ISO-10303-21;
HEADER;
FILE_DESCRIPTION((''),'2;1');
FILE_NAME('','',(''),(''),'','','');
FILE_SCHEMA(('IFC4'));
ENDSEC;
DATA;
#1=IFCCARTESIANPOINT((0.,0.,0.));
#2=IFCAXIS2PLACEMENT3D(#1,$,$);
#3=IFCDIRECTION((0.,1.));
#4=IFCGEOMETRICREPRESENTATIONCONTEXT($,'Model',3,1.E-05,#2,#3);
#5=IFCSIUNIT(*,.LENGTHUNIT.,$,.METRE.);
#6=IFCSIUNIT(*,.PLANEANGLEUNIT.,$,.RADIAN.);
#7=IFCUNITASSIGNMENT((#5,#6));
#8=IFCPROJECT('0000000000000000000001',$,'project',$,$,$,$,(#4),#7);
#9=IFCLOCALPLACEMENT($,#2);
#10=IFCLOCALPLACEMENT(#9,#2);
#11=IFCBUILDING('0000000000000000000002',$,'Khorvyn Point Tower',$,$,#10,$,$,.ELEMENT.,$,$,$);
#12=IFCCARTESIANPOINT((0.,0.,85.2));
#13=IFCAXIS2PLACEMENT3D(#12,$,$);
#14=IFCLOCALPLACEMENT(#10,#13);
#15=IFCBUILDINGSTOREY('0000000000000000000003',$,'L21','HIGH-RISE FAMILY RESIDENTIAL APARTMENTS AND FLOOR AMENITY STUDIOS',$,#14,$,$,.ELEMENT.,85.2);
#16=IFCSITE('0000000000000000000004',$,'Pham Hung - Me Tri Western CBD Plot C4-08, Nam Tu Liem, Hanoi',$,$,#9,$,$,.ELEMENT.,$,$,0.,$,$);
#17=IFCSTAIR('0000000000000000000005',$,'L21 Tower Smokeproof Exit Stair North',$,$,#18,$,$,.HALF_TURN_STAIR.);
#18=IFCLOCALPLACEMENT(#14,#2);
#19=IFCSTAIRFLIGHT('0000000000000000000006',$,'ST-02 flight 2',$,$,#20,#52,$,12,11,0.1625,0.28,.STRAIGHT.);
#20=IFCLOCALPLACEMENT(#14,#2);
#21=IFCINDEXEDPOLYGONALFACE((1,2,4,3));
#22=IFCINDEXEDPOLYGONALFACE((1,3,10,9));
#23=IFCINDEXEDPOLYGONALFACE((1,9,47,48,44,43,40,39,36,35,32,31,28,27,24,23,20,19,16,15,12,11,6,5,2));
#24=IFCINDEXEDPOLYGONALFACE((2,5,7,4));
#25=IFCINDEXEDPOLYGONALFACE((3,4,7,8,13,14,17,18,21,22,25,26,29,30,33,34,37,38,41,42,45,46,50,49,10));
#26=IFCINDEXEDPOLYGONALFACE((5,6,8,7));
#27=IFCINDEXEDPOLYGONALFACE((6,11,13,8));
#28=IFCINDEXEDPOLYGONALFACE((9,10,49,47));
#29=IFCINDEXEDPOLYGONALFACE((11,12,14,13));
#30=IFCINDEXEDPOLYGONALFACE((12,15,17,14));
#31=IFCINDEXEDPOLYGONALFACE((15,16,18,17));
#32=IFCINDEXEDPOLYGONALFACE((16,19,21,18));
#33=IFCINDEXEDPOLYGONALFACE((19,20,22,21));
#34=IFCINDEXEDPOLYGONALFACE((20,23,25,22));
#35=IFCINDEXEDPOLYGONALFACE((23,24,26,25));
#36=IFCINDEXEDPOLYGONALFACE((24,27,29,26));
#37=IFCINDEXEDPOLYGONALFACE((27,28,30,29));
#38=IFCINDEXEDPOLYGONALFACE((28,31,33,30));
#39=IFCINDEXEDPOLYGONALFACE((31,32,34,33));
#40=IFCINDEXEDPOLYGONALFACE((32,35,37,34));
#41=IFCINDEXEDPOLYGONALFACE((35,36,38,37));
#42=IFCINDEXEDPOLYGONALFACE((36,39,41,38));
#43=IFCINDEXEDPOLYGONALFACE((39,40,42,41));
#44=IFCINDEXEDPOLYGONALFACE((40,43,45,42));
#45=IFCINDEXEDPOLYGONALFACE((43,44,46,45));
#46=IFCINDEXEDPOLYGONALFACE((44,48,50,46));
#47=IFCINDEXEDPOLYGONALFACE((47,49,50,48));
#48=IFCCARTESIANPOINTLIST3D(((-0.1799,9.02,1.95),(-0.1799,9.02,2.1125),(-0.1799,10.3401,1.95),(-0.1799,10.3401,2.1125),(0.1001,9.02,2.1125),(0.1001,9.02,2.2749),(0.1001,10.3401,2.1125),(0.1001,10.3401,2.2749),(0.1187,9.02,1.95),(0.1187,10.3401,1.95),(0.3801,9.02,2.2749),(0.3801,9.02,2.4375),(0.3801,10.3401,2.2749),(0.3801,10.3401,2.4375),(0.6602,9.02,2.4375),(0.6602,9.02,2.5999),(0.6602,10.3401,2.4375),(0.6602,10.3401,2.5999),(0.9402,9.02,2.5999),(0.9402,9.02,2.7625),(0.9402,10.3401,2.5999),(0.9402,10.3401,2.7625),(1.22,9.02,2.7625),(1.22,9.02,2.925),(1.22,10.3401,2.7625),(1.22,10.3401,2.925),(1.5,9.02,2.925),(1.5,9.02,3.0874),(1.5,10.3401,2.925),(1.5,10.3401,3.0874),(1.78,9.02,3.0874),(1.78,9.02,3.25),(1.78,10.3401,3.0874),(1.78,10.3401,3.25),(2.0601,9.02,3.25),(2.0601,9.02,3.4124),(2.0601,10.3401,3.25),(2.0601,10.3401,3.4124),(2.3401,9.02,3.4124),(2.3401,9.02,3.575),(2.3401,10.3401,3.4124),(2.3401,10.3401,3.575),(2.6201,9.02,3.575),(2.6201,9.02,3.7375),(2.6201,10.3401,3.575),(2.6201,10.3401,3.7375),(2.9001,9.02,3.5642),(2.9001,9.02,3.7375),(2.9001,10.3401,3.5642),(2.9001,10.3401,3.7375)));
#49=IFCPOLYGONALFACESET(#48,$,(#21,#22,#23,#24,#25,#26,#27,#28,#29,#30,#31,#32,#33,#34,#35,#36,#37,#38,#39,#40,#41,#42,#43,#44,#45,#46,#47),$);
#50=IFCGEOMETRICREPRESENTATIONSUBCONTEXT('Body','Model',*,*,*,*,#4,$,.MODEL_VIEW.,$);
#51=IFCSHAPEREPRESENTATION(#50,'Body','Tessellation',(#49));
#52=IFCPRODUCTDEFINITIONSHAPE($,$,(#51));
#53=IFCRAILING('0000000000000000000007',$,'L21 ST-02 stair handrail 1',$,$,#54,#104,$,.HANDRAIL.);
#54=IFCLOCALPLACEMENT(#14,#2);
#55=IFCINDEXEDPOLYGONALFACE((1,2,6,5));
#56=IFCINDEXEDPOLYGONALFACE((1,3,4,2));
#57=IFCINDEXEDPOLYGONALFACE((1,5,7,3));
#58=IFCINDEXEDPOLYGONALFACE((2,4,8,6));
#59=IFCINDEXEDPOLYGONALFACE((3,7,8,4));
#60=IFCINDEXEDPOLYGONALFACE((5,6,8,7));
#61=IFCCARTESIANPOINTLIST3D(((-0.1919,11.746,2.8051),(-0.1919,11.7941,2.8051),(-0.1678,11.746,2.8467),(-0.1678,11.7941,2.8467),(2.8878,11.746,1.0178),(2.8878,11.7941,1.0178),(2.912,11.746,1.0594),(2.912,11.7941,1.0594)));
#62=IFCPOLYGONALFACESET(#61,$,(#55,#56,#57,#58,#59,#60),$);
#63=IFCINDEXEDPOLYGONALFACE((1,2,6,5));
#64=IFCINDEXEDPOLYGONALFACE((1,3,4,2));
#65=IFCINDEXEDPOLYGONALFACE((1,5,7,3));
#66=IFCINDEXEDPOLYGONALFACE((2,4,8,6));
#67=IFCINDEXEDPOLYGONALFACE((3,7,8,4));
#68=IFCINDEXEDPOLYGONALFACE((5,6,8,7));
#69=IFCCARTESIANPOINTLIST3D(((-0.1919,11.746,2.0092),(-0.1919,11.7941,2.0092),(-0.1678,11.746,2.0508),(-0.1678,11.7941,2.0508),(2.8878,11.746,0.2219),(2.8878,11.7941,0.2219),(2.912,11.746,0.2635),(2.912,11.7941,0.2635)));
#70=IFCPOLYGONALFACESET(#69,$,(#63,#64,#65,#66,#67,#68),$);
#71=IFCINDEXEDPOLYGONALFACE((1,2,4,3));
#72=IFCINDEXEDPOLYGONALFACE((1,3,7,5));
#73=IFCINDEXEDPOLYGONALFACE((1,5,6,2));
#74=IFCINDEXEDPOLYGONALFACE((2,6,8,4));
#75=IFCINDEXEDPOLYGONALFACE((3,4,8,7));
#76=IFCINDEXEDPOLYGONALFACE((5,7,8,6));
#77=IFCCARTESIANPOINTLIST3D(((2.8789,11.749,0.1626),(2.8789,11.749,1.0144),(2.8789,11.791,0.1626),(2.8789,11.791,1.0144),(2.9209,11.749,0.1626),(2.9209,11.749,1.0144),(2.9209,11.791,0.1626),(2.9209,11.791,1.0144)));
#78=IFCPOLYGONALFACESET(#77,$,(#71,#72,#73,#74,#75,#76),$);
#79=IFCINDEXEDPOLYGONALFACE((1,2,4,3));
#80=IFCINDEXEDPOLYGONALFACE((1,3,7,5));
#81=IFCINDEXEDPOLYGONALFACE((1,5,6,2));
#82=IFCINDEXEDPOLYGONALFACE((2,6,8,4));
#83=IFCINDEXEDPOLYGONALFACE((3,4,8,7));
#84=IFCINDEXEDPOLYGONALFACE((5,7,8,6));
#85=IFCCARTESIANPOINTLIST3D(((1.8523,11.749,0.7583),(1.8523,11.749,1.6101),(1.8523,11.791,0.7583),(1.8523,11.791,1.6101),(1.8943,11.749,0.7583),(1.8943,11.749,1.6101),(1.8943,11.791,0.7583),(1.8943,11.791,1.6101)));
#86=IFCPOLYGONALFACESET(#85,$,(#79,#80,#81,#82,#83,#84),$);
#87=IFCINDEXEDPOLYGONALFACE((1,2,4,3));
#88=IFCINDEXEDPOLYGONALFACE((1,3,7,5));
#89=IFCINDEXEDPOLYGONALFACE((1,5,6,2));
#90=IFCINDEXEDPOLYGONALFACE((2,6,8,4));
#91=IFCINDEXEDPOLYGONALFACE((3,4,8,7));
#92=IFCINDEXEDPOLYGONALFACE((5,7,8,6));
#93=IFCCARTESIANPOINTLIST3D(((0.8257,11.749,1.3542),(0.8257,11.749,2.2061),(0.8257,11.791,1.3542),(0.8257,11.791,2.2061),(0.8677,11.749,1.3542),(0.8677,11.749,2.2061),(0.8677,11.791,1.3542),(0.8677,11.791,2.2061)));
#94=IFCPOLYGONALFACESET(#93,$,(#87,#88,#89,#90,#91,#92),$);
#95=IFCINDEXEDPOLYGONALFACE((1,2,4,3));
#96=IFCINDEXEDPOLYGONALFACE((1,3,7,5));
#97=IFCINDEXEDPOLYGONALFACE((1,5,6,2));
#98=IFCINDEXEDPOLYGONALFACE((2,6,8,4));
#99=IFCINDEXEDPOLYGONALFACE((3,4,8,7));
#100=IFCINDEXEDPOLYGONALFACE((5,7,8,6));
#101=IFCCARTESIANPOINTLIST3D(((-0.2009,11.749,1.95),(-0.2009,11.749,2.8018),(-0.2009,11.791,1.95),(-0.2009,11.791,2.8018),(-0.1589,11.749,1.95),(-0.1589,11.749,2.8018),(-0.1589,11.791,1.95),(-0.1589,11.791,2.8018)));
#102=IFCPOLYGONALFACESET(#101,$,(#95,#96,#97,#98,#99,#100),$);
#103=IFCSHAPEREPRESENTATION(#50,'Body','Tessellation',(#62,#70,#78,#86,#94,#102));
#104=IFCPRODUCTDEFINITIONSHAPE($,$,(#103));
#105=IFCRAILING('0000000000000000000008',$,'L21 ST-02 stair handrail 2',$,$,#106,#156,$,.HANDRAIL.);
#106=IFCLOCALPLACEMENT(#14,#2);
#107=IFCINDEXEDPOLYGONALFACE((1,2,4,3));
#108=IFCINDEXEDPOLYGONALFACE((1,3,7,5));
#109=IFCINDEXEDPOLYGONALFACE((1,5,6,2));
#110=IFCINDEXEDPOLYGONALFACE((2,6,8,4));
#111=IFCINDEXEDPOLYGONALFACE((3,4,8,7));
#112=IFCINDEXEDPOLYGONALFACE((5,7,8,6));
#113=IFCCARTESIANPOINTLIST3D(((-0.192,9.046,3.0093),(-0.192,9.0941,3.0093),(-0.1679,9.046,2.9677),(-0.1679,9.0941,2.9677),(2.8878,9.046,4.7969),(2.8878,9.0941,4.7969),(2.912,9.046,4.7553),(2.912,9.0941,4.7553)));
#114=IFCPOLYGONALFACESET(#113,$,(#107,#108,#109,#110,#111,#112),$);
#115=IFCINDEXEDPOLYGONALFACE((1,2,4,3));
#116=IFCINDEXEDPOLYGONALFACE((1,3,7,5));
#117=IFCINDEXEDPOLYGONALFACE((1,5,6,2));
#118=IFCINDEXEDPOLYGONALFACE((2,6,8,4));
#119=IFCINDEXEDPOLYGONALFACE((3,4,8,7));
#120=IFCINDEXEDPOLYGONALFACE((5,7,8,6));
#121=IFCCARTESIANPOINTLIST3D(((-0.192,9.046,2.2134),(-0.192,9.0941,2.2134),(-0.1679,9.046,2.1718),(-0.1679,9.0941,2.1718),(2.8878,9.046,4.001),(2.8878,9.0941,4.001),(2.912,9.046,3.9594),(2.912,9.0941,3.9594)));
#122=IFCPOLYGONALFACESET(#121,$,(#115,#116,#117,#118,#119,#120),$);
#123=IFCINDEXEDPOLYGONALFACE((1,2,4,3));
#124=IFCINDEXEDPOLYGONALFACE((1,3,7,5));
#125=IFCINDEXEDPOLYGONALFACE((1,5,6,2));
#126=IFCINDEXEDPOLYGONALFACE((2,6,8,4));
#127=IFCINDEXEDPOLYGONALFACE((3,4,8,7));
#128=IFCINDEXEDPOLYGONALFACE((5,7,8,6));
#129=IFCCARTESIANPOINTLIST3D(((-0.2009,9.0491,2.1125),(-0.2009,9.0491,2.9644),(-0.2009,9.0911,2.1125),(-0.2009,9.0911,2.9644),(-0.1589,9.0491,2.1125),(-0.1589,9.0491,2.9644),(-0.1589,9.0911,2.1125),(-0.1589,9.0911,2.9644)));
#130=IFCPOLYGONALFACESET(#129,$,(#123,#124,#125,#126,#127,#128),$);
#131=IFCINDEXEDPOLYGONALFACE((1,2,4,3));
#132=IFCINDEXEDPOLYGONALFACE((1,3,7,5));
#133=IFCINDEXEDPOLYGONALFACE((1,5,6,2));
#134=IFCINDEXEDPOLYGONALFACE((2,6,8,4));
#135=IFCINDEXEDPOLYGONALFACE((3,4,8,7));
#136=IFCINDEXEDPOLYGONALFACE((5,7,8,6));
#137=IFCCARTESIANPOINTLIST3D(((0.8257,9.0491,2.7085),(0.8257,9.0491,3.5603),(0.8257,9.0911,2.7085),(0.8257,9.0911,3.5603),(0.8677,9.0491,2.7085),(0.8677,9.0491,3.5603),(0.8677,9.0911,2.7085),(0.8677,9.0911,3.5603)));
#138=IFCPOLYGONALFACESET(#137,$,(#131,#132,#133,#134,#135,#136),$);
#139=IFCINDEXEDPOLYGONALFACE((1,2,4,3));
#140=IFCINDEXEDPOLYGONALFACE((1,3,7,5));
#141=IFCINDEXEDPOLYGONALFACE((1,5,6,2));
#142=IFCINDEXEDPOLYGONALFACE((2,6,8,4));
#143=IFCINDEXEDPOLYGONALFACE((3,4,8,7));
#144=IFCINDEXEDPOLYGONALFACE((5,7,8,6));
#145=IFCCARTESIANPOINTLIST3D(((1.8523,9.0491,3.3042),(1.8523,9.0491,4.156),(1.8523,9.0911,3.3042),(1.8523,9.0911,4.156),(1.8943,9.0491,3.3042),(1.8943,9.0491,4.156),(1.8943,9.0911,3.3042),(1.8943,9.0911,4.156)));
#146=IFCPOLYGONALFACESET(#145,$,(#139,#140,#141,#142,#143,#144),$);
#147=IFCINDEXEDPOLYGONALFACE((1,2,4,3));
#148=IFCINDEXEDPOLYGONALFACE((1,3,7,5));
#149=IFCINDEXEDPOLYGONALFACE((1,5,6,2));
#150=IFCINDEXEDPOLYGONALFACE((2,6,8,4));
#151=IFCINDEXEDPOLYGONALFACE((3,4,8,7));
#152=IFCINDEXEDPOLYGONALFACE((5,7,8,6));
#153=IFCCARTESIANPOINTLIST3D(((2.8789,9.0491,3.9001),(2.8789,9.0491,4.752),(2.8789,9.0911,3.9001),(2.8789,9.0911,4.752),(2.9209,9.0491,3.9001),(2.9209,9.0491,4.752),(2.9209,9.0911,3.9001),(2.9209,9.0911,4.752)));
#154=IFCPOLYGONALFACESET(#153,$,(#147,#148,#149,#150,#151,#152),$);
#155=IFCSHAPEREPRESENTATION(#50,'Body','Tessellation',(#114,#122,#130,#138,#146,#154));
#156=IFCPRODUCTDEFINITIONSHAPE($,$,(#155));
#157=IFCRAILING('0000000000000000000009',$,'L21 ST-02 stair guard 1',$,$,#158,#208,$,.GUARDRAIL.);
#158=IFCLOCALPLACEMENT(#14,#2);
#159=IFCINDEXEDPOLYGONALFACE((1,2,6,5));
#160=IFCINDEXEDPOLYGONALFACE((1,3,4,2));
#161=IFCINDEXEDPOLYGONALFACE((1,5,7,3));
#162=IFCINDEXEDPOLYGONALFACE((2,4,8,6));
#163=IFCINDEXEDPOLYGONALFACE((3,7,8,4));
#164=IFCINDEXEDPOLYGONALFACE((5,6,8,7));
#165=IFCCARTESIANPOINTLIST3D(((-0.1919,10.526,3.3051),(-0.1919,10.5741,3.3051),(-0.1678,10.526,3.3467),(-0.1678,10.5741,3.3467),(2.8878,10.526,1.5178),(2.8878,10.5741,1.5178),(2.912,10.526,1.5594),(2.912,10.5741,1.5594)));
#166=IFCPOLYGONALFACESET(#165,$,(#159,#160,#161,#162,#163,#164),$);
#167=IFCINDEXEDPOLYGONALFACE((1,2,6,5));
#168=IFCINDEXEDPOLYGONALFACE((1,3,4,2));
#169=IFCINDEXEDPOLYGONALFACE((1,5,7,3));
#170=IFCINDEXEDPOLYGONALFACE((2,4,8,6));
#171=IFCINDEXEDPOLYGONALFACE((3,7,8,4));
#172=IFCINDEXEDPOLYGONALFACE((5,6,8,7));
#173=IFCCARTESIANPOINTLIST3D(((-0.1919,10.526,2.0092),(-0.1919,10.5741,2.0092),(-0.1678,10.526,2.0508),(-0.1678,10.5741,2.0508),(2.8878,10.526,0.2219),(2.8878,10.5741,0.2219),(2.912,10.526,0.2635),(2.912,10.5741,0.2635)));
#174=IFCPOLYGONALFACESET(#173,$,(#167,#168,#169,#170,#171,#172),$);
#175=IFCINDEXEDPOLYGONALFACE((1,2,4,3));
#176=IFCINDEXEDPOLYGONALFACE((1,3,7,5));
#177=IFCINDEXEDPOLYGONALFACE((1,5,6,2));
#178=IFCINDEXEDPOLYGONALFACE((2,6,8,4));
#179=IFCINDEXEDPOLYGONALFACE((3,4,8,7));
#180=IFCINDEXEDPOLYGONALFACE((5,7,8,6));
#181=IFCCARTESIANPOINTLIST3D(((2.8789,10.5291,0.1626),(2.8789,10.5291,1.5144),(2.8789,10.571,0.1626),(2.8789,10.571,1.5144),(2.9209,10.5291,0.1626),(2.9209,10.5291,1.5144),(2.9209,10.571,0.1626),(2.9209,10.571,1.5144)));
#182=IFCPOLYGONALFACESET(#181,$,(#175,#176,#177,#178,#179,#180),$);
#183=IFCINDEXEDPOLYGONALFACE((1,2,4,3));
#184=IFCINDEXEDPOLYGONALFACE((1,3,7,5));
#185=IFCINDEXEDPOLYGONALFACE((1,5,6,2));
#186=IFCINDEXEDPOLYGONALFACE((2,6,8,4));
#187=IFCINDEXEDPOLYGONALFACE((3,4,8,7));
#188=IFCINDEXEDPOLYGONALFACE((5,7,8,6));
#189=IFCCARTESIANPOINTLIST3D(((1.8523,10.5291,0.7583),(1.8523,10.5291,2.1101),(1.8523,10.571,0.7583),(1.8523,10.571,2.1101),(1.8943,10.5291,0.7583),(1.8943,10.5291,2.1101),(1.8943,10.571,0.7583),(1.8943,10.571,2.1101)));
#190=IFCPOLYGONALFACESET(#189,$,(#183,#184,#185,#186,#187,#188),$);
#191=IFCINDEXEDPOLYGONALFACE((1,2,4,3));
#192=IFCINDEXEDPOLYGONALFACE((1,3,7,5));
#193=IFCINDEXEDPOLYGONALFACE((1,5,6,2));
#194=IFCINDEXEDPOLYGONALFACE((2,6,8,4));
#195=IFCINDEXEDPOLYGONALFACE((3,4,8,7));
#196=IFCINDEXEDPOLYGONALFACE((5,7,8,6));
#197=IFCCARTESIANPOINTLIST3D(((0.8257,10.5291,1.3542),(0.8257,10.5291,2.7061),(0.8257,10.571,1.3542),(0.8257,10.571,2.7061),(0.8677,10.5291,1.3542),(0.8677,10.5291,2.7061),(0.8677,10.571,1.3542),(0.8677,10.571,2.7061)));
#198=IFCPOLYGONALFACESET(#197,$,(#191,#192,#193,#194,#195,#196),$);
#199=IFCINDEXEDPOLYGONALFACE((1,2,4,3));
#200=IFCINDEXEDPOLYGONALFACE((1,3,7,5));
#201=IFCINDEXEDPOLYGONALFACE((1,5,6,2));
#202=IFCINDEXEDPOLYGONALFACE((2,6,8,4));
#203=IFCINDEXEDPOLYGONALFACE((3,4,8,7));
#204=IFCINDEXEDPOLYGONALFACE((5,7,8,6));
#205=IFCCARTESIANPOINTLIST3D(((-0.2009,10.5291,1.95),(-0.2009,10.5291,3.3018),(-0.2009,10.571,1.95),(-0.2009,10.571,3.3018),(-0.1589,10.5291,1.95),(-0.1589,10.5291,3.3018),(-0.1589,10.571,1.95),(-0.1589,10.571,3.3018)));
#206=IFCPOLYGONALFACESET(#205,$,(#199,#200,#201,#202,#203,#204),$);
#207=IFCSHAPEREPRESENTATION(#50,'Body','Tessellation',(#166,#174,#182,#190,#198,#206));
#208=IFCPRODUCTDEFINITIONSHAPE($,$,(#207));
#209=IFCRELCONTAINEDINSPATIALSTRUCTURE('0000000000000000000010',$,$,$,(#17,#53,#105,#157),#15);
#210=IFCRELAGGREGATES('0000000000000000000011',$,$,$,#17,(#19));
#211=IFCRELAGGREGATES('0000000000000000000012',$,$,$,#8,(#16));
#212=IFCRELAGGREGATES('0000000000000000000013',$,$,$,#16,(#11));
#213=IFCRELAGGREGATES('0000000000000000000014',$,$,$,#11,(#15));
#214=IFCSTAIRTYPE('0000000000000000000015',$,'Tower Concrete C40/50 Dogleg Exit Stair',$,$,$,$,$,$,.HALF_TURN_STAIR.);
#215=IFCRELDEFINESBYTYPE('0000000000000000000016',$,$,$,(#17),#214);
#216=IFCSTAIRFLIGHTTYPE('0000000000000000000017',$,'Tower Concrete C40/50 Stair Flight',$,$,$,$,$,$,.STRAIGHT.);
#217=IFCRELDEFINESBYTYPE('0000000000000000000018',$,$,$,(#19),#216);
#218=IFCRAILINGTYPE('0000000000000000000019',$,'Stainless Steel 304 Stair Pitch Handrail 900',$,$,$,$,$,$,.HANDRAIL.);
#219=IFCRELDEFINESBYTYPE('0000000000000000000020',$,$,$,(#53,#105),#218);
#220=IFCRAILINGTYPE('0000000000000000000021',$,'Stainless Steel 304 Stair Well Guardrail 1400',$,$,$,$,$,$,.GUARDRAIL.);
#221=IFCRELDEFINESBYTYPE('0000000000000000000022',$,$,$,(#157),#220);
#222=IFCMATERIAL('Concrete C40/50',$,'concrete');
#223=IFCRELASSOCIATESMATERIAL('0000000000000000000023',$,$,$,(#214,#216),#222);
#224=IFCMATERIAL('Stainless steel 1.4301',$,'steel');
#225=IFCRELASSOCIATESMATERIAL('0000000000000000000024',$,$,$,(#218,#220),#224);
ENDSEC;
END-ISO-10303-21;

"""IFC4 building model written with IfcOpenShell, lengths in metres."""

from ifc_helpers import new_model, si_unit, direction, frame, origin, origin_2d, place, context, subcontext, project, spatial, polyline, rectangle, outline, extrude, material, type_object, element, aggregate, save


model = new_model("IFC4")

# Units and contexts
model_context = context("Model", 3, precision=1e-05, world=origin(), true_north=direction((0.0, 1.0)))
body_context = subcontext(model_context, "Body", "Model", "MODEL_VIEW")
ifc_project = project(units=[si_unit("LENGTHUNIT", "METRE"), si_unit("PLANEANGLEUNIT", "RADIAN")], contexts=[model_context])

# Site, building, storey
site_placement = place(None, origin())
site = spatial("IfcSite", under=ifc_project, at=site_placement, Name="Pham Hung - Me Tri Western CBD Plot C4-08, Nam Tu Liem, Hanoi", CompositionType="ELEMENT", RefElevation=0.0)
building_placement = place(site_placement, origin())
building = spatial("IfcBuilding", under=site, at=building_placement, Name="Khorvyn Point Tower", CompositionType="ELEMENT")
storey_placement = place(building_placement, frame((0.0, 0.0, 85.2)))
storey = spatial("IfcBuildingStorey", under=building, at=storey_placement, Name="L21", Description="HIGH-RISE FAMILY RESIDENTIAL APARTMENTS AND FLOOR AMENITY STUDIOS", CompositionType="ELEMENT", Elevation=85.2)

# Shared definitions
ifc_material_1 = material(Name="Concrete C40/50", Category="concrete")

# Shared definitions
ifc_material_2 = material(Name="Stainless steel 1.4301", Category="steel")

# Stair, stair flight
stair_type = type_object("IfcStairType", Name="Tower Concrete C40/50 Dogleg Exit Stair", PredefinedType="HALF_TURN_STAIR", material=ifc_material_1)
stair_placement = place(storey_placement, origin())
stair = element("IfcStair", 1, at=stair_placement, inside=storey, type_object=stair_type, Name="L21 Tower Smokeproof Exit Stair North", PredefinedType="HALF_TURN_STAIR")
stair_flight_type = type_object("IfcStairFlightType", Name="Tower Concrete C40/50 Stair Flight", PredefinedType="STRAIGHT", material=ifc_material_1)
stair_flight_1_placement = place(storey_placement, frame((-0.1799, 9.6799, 1.95), z_axis=(0.0, 0.0, 1.0), x_axis=(1.0, 0.0, 0.0)))
stair_flight_1 = element("IfcStairFlight", 2, at=stair_flight_1_placement, type_object=stair_flight_type, Name="ST-02 flight 2", NumberOfRisers=12, NumberOfTreads=11, PredefinedType="STRAIGHT", RiserHeight=0.1625, TreadLength=0.28, context=body_context, shape_type="SweptSolid", body=[
    extrude(outline(polyline([(0.0, 0.0), (0.0, 0.1626), (0.28, 0.1626), (0.28, 0.325), (0.5601, 0.325), (0.5601, 0.4875), (0.8401, 0.4875), (0.8401, 0.6499), (1.1201, 0.6499), (1.1201, 0.8125), (1.3999, 0.8125), (1.3999, 0.9751), (1.6799, 0.9751), (1.6799, 1.1375), (1.96, 1.1375), (1.96, 1.3), (2.24, 1.3), (2.24, 1.4624), (2.52, 1.4624), (2.52, 1.625), (2.8, 1.625), (2.8, 1.7876), (3.0801, 1.7876), (3.0801, 1.95), (3.0801, 1.6143), (0.2986, 0.0), (0.0, 0.0)])), frame((0.0, 0.6602, 0.0), z_axis=(0.0, -1.0, 0.0), x_axis=(1.0, 0.0, 0.0)), (0.0, 0.0, 1.0), 1.3201),
])
aggregate(stair, [stair_flight_1])

# Railings
railing_type_1 = type_object("IfcRailingType", Name="Stainless Steel 304 Stair Pitch Handrail 900", PredefinedType="HANDRAIL", material=ifc_material_2)
railing_1_placement = place(storey_placement, frame((2.8999, 11.77, 0.1626)))
element("IfcRailing", 3, at=railing_1_placement, inside=storey, type_object=railing_type_1, Name="L21 ST-02 stair handrail 1", PredefinedType="HANDRAIL", context=body_context, shape_type="SweptSolid", body=[
    extrude(rectangle(XDim=0.0481, YDim=0.0481, at=origin_2d()), frame((0.0, 0.0, 0.876), z_axis=(-0.864903, 0.0, 0.501939), x_axis=(0.0, -1.0, 0.0)), (0.0, 0.0, 1.0), 3.5608),
    extrude(rectangle(XDim=0.0481, YDim=0.0481, at=origin_2d()), frame((0.0, 0.0, 0.0801), z_axis=(-0.864903, 0.0, 0.501939), x_axis=(0.0, -1.0, 0.0)), (0.0, 0.0, 1.0), 3.5608),
    extrude(rectangle(XDim=0.042, YDim=0.042, at=origin_2d()), origin(), (0.0, 0.0, 1.0), 0.8518),
    extrude(rectangle(XDim=0.042, YDim=0.042, at=origin_2d()), frame((-1.0266, 0.0, 0.5957)), (0.0, 0.0, 1.0), 0.8518),
    extrude(rectangle(XDim=0.042, YDim=0.042, at=origin_2d()), frame((-2.0532, 0.0, 1.1917)), (0.0, 0.0, 1.0), 0.8518),
    extrude(rectangle(XDim=0.042, YDim=0.042, at=origin_2d()), frame((-3.0798, 0.0, 1.7874)), (0.0, 0.0, 1.0), 0.8518),
])
railing_2_placement = place(storey_placement, frame((-0.1799, 9.0701, 2.1125)))
element("IfcRailing", 4, at=railing_2_placement, inside=storey, type_object=railing_type_1, Name="L21 ST-02 stair handrail 2", PredefinedType="HANDRAIL", context=body_context, shape_type="SweptSolid", body=[
    extrude(rectangle(XDim=0.0481, YDim=0.0481, at=origin_2d()), frame((0.0, 0.0, 0.876), z_axis=(0.864873, 0.0, 0.50199), x_axis=(0.0, 1.0, 0.0)), (0.0, 0.0, 1.0), 3.561),
    extrude(rectangle(XDim=0.0481, YDim=0.0481, at=origin_2d()), frame((0.0, 0.0, 0.0801), z_axis=(0.864873, 0.0, 0.50199), x_axis=(0.0, 1.0, 0.0)), (0.0, 0.0, 1.0), 3.561),
    extrude(rectangle(XDim=0.042, YDim=0.042, at=origin_2d()), origin(), (0.0, 0.0, 1.0), 0.8518),
    extrude(rectangle(XDim=0.042, YDim=0.042, at=origin_2d()), frame((1.0266, 0.0, 0.5959)), (0.0, 0.0, 1.0), 0.8518),
    extrude(rectangle(XDim=0.042, YDim=0.042, at=origin_2d()), frame((2.0532, 0.0, 1.1917)), (0.0, 0.0, 1.0), 0.8518),
    extrude(rectangle(XDim=0.042, YDim=0.042, at=origin_2d()), frame((3.0798, 0.0, 1.7876)), (0.0, 0.0, 1.0), 0.8518),
])
railing_type_2 = type_object("IfcRailingType", Name="Stainless Steel 304 Stair Well Guardrail 1400", PredefinedType="GUARDRAIL", material=ifc_material_2)
railing_3_placement = place(storey_placement, frame((2.8999, 10.55, 0.1626)))
element("IfcRailing", 5, at=railing_3_placement, inside=storey, type_object=railing_type_2, Name="L21 ST-02 stair guard 1", PredefinedType="GUARDRAIL", context=body_context, shape_type="SweptSolid", body=[
    extrude(rectangle(XDim=0.0481, YDim=0.0481, at=origin_2d()), frame((0.0, 0.0, 1.376), z_axis=(-0.864903, 0.0, 0.501939), x_axis=(0.0, -1.0, 0.0)), (0.0, 0.0, 1.0), 3.5608),
    extrude(rectangle(XDim=0.0481, YDim=0.0481, at=origin_2d()), frame((0.0, 0.0, 0.0801), z_axis=(-0.864903, 0.0, 0.501939), x_axis=(0.0, -1.0, 0.0)), (0.0, 0.0, 1.0), 3.5608),
    extrude(rectangle(XDim=0.042, YDim=0.042, at=origin_2d()), origin(), (0.0, 0.0, 1.0), 1.3518),
    extrude(rectangle(XDim=0.042, YDim=0.042, at=origin_2d()), frame((-1.0266, 0.0, 0.5957)), (0.0, 0.0, 1.0), 1.3518),
    extrude(rectangle(XDim=0.042, YDim=0.042, at=origin_2d()), frame((-2.0532, 0.0, 1.1917)), (0.0, 0.0, 1.0), 1.3518),
    extrude(rectangle(XDim=0.042, YDim=0.042, at=origin_2d()), frame((-3.0798, 0.0, 1.7874)), (0.0, 0.0, 1.0), 1.3518),
])

save(model, "model.ifc")
